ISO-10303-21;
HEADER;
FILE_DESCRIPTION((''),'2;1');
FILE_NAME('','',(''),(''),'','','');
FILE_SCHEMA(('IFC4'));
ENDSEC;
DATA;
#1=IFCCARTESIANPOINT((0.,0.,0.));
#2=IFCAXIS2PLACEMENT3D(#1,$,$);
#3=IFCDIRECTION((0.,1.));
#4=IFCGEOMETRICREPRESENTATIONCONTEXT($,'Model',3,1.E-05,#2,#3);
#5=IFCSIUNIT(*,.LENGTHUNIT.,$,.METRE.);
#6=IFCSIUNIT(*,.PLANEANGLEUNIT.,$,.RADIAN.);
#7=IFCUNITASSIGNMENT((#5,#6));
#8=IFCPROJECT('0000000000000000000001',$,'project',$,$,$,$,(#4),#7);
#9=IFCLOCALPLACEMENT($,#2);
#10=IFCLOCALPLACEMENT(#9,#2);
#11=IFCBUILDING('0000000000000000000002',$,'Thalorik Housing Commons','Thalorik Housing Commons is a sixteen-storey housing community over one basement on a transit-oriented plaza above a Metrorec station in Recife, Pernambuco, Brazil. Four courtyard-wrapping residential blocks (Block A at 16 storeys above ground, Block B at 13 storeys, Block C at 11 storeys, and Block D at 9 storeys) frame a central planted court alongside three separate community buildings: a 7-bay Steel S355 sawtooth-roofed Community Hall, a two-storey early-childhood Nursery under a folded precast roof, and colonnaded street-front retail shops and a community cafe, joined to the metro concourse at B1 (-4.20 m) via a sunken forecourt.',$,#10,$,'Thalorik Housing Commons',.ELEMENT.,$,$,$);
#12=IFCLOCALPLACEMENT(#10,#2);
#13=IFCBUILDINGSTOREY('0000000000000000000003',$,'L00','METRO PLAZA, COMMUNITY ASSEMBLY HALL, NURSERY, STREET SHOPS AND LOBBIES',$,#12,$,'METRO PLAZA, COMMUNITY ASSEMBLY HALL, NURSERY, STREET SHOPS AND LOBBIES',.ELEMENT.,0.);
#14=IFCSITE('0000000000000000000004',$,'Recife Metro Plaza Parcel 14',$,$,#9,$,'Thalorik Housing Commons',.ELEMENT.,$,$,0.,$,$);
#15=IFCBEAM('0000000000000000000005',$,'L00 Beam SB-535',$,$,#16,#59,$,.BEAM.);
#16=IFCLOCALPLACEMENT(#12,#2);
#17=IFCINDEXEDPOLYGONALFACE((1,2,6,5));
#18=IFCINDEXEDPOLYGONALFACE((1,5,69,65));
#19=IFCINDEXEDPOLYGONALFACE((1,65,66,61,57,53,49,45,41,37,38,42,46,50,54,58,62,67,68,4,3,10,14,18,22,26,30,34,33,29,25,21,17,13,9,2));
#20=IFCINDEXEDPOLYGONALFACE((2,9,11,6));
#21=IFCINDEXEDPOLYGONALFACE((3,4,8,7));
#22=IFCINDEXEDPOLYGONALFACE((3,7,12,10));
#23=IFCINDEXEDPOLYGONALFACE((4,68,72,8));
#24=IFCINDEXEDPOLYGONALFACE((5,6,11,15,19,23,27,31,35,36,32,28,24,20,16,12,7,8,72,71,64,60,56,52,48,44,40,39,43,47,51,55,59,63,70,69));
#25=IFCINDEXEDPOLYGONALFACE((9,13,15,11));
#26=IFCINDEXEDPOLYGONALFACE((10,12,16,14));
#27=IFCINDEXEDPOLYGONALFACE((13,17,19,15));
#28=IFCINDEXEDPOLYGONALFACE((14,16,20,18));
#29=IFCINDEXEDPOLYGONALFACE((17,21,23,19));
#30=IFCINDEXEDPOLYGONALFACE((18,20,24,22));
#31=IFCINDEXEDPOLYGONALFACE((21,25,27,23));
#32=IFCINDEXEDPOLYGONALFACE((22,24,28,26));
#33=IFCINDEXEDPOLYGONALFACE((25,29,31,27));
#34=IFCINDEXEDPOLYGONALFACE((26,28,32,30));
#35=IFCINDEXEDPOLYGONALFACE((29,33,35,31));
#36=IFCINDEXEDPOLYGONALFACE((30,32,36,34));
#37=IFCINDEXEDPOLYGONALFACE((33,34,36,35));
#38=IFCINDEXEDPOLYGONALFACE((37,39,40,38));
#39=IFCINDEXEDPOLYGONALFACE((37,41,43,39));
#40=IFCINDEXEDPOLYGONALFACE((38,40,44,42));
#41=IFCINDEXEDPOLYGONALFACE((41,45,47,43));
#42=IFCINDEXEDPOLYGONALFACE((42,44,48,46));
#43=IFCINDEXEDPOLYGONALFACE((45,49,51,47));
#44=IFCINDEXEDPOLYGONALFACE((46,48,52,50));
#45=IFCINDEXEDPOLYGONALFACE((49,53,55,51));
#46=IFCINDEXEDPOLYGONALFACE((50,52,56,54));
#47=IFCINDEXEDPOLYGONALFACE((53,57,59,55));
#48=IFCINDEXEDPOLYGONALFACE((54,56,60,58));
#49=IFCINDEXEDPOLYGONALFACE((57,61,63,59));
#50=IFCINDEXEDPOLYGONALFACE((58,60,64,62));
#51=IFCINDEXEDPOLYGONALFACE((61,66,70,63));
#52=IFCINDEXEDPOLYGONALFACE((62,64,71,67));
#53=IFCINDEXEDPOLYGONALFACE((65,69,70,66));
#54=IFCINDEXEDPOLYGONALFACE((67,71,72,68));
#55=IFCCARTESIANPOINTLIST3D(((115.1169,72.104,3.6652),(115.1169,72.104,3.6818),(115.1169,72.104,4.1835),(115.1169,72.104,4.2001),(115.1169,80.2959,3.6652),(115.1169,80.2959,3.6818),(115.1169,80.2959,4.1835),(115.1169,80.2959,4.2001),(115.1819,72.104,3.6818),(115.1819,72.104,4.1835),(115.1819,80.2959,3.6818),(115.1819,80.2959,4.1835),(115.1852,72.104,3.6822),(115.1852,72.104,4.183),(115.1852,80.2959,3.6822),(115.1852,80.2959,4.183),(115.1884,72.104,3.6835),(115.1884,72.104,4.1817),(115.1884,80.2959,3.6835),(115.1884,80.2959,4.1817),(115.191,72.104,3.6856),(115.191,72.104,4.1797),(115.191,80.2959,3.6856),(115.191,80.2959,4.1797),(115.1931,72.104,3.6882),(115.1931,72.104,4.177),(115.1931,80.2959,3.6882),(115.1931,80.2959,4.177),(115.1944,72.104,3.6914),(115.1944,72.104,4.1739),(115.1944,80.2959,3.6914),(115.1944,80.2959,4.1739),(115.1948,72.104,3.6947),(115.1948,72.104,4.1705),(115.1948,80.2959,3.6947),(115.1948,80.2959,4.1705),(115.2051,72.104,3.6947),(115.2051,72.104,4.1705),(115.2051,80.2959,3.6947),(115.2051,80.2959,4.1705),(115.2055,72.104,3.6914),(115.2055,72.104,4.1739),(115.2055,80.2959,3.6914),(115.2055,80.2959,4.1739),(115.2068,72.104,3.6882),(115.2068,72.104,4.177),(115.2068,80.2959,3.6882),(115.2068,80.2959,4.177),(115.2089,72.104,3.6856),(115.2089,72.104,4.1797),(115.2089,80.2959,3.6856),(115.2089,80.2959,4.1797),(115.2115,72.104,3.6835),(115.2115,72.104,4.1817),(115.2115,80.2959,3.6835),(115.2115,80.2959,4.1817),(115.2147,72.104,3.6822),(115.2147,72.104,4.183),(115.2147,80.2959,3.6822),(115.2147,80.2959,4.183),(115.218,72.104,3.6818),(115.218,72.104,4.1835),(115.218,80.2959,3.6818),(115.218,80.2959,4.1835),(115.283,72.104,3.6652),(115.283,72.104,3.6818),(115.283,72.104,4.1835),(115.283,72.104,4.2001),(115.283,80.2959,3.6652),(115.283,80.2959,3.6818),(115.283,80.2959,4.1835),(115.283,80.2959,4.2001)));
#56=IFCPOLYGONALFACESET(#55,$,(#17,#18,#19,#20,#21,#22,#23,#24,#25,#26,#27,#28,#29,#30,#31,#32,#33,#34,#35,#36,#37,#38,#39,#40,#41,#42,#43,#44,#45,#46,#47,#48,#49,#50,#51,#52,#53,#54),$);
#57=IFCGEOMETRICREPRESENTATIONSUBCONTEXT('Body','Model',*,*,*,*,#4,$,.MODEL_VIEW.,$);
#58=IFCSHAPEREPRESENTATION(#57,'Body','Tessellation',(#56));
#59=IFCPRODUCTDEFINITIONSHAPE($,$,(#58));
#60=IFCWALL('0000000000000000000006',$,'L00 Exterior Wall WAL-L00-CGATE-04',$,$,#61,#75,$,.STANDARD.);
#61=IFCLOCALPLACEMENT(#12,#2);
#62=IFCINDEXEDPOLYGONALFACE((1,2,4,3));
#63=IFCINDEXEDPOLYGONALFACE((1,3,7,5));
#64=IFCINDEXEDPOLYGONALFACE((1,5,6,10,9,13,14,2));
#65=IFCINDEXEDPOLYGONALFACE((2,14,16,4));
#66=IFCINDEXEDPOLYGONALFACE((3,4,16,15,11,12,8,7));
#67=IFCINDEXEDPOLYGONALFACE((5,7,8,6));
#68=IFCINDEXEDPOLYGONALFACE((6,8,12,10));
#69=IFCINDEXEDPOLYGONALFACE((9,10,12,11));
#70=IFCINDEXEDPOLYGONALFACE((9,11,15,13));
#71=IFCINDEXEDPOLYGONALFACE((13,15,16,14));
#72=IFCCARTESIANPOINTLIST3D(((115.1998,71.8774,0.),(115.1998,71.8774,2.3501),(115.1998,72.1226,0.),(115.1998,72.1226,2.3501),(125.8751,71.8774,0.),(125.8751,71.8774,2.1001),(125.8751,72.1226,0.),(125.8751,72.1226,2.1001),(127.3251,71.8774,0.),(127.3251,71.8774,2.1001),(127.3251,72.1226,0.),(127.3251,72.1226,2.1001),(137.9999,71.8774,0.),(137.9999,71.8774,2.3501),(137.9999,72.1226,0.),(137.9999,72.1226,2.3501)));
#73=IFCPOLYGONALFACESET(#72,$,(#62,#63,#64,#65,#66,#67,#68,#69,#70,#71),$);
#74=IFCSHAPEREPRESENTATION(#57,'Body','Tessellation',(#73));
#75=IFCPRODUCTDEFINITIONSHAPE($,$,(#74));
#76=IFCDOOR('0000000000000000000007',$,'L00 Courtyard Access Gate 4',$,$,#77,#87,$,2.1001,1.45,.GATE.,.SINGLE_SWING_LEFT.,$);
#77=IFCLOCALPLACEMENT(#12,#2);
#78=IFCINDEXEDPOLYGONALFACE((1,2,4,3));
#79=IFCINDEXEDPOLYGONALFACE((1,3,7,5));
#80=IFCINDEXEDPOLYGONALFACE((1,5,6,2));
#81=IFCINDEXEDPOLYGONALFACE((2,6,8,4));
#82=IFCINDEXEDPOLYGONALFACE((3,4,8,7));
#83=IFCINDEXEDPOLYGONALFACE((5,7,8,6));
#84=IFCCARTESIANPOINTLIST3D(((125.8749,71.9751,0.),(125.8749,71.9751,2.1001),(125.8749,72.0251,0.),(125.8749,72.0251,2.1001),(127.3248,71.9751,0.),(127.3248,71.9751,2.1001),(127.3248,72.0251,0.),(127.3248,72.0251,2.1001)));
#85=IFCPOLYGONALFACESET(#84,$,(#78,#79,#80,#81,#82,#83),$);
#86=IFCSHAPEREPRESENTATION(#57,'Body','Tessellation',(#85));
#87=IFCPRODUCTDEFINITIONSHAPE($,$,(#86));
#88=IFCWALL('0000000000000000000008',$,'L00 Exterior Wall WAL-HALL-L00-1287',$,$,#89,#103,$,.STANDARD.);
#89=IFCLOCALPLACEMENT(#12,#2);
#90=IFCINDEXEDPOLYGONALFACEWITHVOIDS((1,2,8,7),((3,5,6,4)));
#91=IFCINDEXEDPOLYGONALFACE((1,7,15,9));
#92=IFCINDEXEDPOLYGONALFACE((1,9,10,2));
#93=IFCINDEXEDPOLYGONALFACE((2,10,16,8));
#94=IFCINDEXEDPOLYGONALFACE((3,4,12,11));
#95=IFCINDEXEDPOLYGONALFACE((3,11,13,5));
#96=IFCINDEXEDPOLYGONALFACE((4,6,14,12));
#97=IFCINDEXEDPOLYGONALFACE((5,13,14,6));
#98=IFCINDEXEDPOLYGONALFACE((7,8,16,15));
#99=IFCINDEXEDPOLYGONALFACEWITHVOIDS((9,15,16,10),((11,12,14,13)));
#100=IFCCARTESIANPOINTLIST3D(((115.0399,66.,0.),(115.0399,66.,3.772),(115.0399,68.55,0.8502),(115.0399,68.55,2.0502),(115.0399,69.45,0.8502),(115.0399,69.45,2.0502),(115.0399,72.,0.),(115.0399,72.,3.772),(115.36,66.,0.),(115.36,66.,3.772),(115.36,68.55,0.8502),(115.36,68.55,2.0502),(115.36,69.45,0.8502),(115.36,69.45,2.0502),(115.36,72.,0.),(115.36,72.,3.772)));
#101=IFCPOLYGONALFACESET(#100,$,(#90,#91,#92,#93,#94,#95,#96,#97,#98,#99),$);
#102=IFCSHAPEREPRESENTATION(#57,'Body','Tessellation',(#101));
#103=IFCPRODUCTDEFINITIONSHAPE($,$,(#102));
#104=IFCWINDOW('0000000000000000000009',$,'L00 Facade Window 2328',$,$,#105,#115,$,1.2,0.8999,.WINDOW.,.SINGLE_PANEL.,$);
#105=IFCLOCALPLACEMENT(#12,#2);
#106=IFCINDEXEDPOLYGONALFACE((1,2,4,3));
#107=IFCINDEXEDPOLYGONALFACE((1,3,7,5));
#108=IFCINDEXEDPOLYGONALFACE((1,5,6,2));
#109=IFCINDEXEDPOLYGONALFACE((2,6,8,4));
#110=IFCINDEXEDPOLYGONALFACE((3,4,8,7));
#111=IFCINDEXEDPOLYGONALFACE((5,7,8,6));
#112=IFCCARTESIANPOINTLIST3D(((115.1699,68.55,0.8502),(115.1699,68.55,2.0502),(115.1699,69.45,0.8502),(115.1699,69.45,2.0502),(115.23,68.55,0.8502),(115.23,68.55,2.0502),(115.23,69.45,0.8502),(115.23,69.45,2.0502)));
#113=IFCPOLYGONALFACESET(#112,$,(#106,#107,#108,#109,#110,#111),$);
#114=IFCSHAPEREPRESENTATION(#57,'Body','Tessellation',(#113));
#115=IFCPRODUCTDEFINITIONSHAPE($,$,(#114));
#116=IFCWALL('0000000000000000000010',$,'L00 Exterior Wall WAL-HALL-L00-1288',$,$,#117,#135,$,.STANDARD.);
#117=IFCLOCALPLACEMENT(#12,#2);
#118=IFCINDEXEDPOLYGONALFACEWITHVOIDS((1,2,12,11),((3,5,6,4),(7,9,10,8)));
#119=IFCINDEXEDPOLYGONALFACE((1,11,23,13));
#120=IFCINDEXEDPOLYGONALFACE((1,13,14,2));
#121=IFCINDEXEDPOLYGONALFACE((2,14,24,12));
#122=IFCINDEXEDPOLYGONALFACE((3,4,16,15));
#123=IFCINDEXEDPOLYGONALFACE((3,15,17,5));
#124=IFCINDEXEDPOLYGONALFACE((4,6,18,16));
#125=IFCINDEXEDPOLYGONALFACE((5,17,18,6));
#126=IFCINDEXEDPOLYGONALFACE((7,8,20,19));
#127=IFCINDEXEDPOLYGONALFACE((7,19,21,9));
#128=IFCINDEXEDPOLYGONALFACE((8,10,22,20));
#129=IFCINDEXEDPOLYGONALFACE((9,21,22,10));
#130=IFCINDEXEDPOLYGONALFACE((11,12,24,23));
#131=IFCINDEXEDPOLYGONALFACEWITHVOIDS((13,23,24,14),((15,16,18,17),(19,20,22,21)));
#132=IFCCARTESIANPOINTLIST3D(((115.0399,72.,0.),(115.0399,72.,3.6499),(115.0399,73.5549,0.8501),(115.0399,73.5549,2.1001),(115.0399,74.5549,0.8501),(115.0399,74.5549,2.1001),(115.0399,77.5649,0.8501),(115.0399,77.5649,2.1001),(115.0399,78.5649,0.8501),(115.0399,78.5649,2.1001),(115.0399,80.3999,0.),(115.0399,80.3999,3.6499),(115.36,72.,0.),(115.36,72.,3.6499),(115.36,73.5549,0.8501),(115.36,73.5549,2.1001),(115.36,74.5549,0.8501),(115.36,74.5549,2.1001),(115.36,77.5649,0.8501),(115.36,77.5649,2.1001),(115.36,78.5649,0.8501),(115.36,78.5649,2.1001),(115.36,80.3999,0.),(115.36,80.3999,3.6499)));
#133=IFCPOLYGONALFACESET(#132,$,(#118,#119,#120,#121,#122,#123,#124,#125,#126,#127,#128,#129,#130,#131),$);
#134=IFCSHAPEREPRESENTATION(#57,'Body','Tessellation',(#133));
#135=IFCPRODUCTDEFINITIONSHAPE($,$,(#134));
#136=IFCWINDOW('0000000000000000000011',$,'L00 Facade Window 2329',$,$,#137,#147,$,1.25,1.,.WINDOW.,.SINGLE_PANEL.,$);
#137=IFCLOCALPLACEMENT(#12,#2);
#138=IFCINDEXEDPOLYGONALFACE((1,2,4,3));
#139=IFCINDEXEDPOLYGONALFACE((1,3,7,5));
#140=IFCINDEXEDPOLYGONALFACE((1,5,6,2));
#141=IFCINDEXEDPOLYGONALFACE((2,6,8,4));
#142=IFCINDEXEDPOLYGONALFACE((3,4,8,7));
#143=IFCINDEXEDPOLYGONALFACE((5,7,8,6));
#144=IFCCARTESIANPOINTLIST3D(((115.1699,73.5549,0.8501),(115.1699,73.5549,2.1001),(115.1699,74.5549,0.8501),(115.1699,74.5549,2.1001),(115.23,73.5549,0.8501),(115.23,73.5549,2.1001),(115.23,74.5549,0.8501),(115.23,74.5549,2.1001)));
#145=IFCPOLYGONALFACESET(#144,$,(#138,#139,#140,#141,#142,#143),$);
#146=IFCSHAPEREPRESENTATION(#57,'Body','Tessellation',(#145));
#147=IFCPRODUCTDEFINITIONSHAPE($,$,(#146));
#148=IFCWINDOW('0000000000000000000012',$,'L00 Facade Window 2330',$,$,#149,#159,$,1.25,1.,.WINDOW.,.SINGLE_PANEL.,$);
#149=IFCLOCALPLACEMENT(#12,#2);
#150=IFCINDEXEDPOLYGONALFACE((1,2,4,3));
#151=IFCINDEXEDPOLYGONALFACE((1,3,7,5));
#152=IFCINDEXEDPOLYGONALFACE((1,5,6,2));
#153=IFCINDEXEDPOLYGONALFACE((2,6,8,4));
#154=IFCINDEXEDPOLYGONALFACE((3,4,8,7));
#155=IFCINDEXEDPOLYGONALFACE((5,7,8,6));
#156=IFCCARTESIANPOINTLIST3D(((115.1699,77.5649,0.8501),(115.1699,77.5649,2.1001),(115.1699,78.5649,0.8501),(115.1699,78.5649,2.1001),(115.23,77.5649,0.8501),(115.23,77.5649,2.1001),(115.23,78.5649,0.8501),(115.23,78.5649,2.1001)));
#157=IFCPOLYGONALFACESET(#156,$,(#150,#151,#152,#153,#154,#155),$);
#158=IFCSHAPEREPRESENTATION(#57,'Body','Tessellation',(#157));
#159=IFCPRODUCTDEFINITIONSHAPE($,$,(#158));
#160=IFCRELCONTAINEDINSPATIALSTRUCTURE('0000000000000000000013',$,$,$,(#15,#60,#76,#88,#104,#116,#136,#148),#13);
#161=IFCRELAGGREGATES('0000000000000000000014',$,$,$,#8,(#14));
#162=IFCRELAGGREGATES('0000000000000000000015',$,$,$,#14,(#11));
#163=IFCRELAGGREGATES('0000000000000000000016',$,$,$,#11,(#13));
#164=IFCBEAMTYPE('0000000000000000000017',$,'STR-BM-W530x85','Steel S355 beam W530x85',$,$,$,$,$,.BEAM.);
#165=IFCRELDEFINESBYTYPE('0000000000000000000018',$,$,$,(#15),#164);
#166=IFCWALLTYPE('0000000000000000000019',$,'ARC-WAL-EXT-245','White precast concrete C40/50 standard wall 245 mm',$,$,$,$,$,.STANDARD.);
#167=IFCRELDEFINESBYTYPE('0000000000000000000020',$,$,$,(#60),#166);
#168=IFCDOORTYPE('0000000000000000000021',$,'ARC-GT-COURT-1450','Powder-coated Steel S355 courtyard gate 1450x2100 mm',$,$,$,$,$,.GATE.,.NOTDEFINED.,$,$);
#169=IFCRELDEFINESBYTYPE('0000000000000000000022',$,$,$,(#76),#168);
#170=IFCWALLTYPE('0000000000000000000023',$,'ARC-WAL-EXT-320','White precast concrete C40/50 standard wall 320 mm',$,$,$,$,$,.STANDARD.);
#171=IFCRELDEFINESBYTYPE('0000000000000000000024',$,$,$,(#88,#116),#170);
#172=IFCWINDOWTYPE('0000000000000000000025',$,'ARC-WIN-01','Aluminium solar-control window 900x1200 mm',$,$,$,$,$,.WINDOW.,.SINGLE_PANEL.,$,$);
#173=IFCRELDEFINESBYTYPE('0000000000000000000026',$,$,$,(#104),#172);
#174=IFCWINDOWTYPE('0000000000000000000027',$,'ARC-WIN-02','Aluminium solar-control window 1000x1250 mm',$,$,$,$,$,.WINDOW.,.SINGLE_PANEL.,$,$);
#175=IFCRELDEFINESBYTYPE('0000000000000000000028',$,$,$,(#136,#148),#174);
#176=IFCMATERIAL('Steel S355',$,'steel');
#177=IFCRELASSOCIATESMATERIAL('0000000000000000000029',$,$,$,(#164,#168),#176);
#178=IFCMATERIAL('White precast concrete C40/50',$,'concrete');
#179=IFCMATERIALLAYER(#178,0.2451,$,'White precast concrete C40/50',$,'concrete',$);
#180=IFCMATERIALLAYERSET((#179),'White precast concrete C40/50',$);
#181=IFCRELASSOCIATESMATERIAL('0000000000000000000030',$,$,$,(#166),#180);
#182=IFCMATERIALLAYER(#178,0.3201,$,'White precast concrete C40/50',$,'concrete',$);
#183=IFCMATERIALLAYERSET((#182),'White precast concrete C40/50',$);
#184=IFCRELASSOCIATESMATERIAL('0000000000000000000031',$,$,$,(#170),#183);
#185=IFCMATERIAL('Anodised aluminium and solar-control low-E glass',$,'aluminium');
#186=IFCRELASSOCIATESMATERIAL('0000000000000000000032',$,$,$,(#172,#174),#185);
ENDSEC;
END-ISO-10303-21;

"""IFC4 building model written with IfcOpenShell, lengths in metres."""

from ifc_helpers import new_model, si_unit, direction, frame, frame_2d, origin, origin_2d, place, context, subcontext, project, spatial, rectangle, i_section, extrude, material, layer, layer_set, material_profile, profile_set, type_object, element, fill, save


model = new_model("IFC4")

# Units and contexts
model_context = context("Model", 3, precision=1e-05, world=origin(), true_north=direction((0.0, 1.0)))
body_context = subcontext(model_context, "Body", "Model", "MODEL_VIEW")
ifc_project = project(units=[si_unit("LENGTHUNIT", "METRE"), si_unit("PLANEANGLEUNIT", "RADIAN")], contexts=[model_context])

# Site, building, storey
site_placement = place(None, origin())
site = spatial("IfcSite", under=ifc_project, at=site_placement, Name="Recife Metro Plaza Parcel 14", LongName="Thalorik Housing Commons", CompositionType="ELEMENT", RefElevation=0.0)
building_placement = place(site_placement, origin())
building = spatial("IfcBuilding", under=site, at=building_placement, Name="Thalorik Housing Commons", Description="Thalorik Housing Commons is a sixteen-storey housing community over one basement on a transit-oriented plaza above a Metrorec station in Recife, Pernambuco, Brazil. Four courtyard-wrapping residential blocks (Block A at 16 storeys above ground, Block B at 13 storeys, Block C at 11 storeys, and Block D at 9 storeys) frame a central planted court alongside three separate community buildings: a 7-bay Steel S355 sawtooth-roofed Community Hall, a two-storey early-childhood Nursery under a folded precast roof, and colonnaded street-front retail shops and a community cafe, joined to the metro concourse at B1 (-4.20 m) via a sunken forecourt.", LongName="Thalorik Housing Commons", CompositionType="ELEMENT")
storey_placement = place(building_placement, origin())
storey = spatial("IfcBuildingStorey", under=building, at=storey_placement, Name="L00", Description="METRO PLAZA, COMMUNITY ASSEMBLY HALL, NURSERY, STREET SHOPS AND LOBBIES", LongName="METRO PLAZA, COMMUNITY ASSEMBLY HALL, NURSERY, STREET SHOPS AND LOBBIES", CompositionType="ELEMENT", Elevation=0.0)

# Shared definitions
ifc_material_1 = material(Name="Steel S355", Category="steel")

# Beam
ifc_material_profile_1 = material_profile(ifc_material_1, i_section(OverallWidth=0.166, OverallDepth=0.5349, WebThickness=0.0103, FlangeThickness=0.0166, FilletRadius=0.0129, at=origin_2d()), Name="W530x85", Category="steel")
ifc_profile_set_1 = profile_set([ifc_material_profile_1], Name="Steel S355")
beam_type_1 = type_object("IfcBeamType", Name="STR-BM-W530x85", Description="Steel S355 beam W530x85", PredefinedType="BEAM", material=ifc_profile_set_1)
beam_placement = place(storey_placement, frame((115.2, 72.104, 3.9326), z_axis=(0.0, 1.0, 0.0), x_axis=(-1.0, 0.0, 0.0)))
element("IfcBeam", 1, at=beam_placement, inside=storey, type_object=beam_type_1, Name="L00 Beam SB-535", PredefinedType="BEAM", context=body_context, shape_type="SweptSolid", body=[
    extrude(i_section(OverallWidth=0.166, OverallDepth=0.5349, WebThickness=0.0103, FlangeThickness=0.0166, FilletRadius=0.0129, at=origin_2d()), origin(), (0.0, 0.0, 1.0), 8.1919),
])

# Wall, opening, door
ifc_material_2 = material(Name="White precast concrete C40/50", Category="concrete")
ifc_layer_1 = layer(ifc_material_2, 0.2451, Name="White precast concrete C40/50", Category="concrete")
ifc_layer_set_1 = layer_set([ifc_layer_1], Name="White precast concrete C40/50")
wall_type_1 = type_object("IfcWallType", Name="ARC-WAL-EXT-245", Description="White precast concrete C40/50 standard wall 245 mm", PredefinedType="STANDARD", material=ifc_layer_set_1)
wall_1_placement = place(storey_placement, frame((115.2, 72.0, 0.0), z_axis=(0.0, 0.0, 1.0), x_axis=(1.0, 0.0, 0.0)))
wall_1 = element("IfcWall", 2, at=wall_1_placement, inside=storey, type_object=wall_type_1, Name="L00 Exterior Wall WAL-L00-CGATE-04", PredefinedType="STANDARD", context=body_context, shape_type="SweptSolid", body=[
    extrude(rectangle(XDim=22.8, YDim=0.2451, at=frame_2d((11.3999, 0.0))), origin(), (0.0, 0.0, 1.0), 2.3501),
])
opening_1_placement = place(wall_1_placement, frame((10.675, 0.0, 0.0)))
opening_1 = element("IfcOpeningElement", 3, at=opening_1_placement, cuts=wall_1, PredefinedType="OPENING", context=body_context, shape_type="SweptSolid", body=[
    extrude(rectangle(XDim=1.45, YDim=2.1001, at=frame_2d((0.7251, 1.05))), frame((0.0, 0.1326, 0.0), z_axis=(0.0, -1.0, 0.0), x_axis=(1.0, 0.0, 0.0)), (0.0, 0.0, 1.0), 0.2651),
])
door_type = type_object("IfcDoorType", Name="ARC-GT-COURT-1450", Description="Powder-coated Steel S355 courtyard gate 1450x2100 mm", OperationType="NOTDEFINED", PredefinedType="GATE", material=ifc_material_1)
door_placement = place(opening_1_placement, frame((1.45, 0.0, 0.0), z_axis=(0.0, 0.0, 1.0), x_axis=(-1.0, 0.0, 0.0)))
door = element("IfcDoor", 4, at=door_placement, inside=storey, type_object=door_type, Name="L00 Courtyard Access Gate 4", OperationType="SINGLE_SWING_LEFT", OverallHeight=2.1001, OverallWidth=1.45, PredefinedType="GATE", context=body_context, shape_type="SweptSolid", body=[
    extrude(rectangle(XDim=1.45, YDim=2.1001, at=frame_2d((0.7251, 1.05))), frame((0.0, 0.0249, 0.0), z_axis=(0.0, -1.0, 0.0), x_axis=(1.0, 0.0, 0.0)), (0.0, 0.0, 1.0), 0.05),
])
fill(opening_1, door)

# Wall, opening, window
ifc_layer_2 = layer(ifc_material_2, 0.3201, Name="White precast concrete C40/50", Category="concrete")
ifc_layer_set_2 = layer_set([ifc_layer_2], Name="White precast concrete C40/50")
wall_type_2 = type_object("IfcWallType", Name="ARC-WAL-EXT-320", Description="White precast concrete C40/50 standard wall 320 mm", PredefinedType="STANDARD", material=ifc_layer_set_2)
wall_2_placement = place(storey_placement, frame((115.2, 66.0, 0.0), z_axis=(0.0, 0.0, 1.0), x_axis=(0.0, 1.0, 0.0)))
wall_2 = element("IfcWall", 5, at=wall_2_placement, inside=storey, type_object=wall_type_2, Name="L00 Exterior Wall WAL-HALL-L00-1287", PredefinedType="STANDARD", context=body_context, shape_type="SweptSolid", body=[
    extrude(rectangle(XDim=6.0, YDim=0.3201, at=frame_2d((3.0, 0.0))), origin(), (0.0, 0.0, 1.0), 3.772),
])
opening_2_placement = place(wall_2_placement, frame((2.55, 0.0, 0.8501)))
opening_2 = element("IfcOpeningElement", 6, at=opening_2_placement, cuts=wall_2, PredefinedType="OPENING", context=body_context, shape_type="SweptSolid", body=[
    extrude(rectangle(XDim=0.8999, YDim=1.2, at=frame_2d((0.45, 0.6001))), frame((0.0, 0.1699, 0.0), z_axis=(0.0, -1.0, 0.0), x_axis=(1.0, 0.0, 0.0)), (0.0, 0.0, 1.0), 0.3401),
])
ifc_material_3 = material(Name="Anodised aluminium and solar-control low-E glass", Category="aluminium")
window_type_1 = type_object("IfcWindowType", Name="ARC-WIN-01", Description="Aluminium solar-control window 900x1200 mm", PartitioningType="SINGLE_PANEL", PredefinedType="WINDOW", material=ifc_material_3)
window_1_placement = place(opening_2_placement, origin())
window_1 = element("IfcWindow", 7, at=window_1_placement, inside=storey, type_object=window_type_1, Name="L00 Facade Window 2328", OverallHeight=1.2, OverallWidth=0.8999, PartitioningType="SINGLE_PANEL", PredefinedType="WINDOW", context=body_context, shape_type="SweptSolid", body=[
    extrude(rectangle(XDim=0.8999, YDim=1.2, at=frame_2d((0.45, 0.6001))), frame((0.0, 0.03, 0.0), z_axis=(0.0, -1.0, 0.0), x_axis=(1.0, 0.0, 0.0)), (0.0, 0.0, 1.0), 0.0601),
])
fill(opening_2, window_1)

# Wall, openings, windows
wall_3_placement = place(storey_placement, frame((115.2, 72.0, 0.0), z_axis=(0.0, 0.0, 1.0), x_axis=(0.0, 1.0, 0.0)))
wall_3 = element("IfcWall", 8, at=wall_3_placement, inside=storey, type_object=wall_type_2, Name="L00 Exterior Wall WAL-HALL-L00-1288", PredefinedType="STANDARD", context=body_context, shape_type="SweptSolid", body=[
    extrude(rectangle(XDim=8.3999, YDim=0.3201, at=frame_2d((4.2, 0.0))), origin(), (0.0, 0.0, 1.0), 3.6499),
])
opening_3_placement = place(wall_3_placement, frame((1.5549, 0.0, 0.8501)))
opening_3 = element("IfcOpeningElement", 9, at=opening_3_placement, cuts=wall_3, PredefinedType="OPENING", context=body_context, shape_type="SweptSolid", body=[
    extrude(rectangle(XDim=1.0, YDim=1.25, at=frame_2d((0.5, 0.625))), frame((0.0, 0.1699, 0.0), z_axis=(0.0, -1.0, 0.0), x_axis=(1.0, 0.0, 0.0)), (0.0, 0.0, 1.0), 0.3401),
])
opening_4_placement = place(wall_3_placement, frame((5.5649, 0.0, 0.8501)))
opening_4 = element("IfcOpeningElement", 10, at=opening_4_placement, cuts=wall_3, PredefinedType="OPENING", context=body_context, shape_type="SweptSolid", body=[
    extrude(rectangle(XDim=1.0, YDim=1.25, at=frame_2d((0.5, 0.625))), frame((0.0, 0.1699, 0.0), z_axis=(0.0, -1.0, 0.0), x_axis=(1.0, 0.0, 0.0)), (0.0, 0.0, 1.0), 0.3401),
])
window_type_2 = type_object("IfcWindowType", Name="ARC-WIN-02", Description="Aluminium solar-control window 1000x1250 mm", PartitioningType="SINGLE_PANEL", PredefinedType="WINDOW", material=ifc_material_3)
window_2_placement = place(opening_3_placement, origin())
window_2 = element("IfcWindow", 11, at=window_2_placement, inside=storey, type_object=window_type_2, Name="L00 Facade Window 2329", OverallHeight=1.25, OverallWidth=1.0, PartitioningType="SINGLE_PANEL", PredefinedType="WINDOW", context=body_context, shape_type="SweptSolid", body=[
    extrude(rectangle(XDim=1.0, YDim=1.25, at=frame_2d((0.5, 0.625))), frame((0.0, 0.03, 0.0), z_axis=(0.0, -1.0, 0.0), x_axis=(1.0, 0.0, 0.0)), (0.0, 0.0, 1.0), 0.0601),
])
fill(opening_3, window_2)
window_3_placement = place(opening_4_placement, origin())
window_3 = element("IfcWindow", 12, at=window_3_placement, inside=storey, type_object=window_type_2, Name="L00 Facade Window 2330", OverallHeight=1.25, OverallWidth=1.0, PartitioningType="SINGLE_PANEL", PredefinedType="WINDOW", context=body_context, shape_type="SweptSolid", body=[
    extrude(rectangle(XDim=1.0, YDim=1.25, at=frame_2d((0.5, 0.625))), frame((0.0, 0.03, 0.0), z_axis=(0.0, -1.0, 0.0), x_axis=(1.0, 0.0, 0.0)), (0.0, 0.0, 1.0), 0.0601),
])
fill(opening_4, window_3)

save(model, "model.ifc")
